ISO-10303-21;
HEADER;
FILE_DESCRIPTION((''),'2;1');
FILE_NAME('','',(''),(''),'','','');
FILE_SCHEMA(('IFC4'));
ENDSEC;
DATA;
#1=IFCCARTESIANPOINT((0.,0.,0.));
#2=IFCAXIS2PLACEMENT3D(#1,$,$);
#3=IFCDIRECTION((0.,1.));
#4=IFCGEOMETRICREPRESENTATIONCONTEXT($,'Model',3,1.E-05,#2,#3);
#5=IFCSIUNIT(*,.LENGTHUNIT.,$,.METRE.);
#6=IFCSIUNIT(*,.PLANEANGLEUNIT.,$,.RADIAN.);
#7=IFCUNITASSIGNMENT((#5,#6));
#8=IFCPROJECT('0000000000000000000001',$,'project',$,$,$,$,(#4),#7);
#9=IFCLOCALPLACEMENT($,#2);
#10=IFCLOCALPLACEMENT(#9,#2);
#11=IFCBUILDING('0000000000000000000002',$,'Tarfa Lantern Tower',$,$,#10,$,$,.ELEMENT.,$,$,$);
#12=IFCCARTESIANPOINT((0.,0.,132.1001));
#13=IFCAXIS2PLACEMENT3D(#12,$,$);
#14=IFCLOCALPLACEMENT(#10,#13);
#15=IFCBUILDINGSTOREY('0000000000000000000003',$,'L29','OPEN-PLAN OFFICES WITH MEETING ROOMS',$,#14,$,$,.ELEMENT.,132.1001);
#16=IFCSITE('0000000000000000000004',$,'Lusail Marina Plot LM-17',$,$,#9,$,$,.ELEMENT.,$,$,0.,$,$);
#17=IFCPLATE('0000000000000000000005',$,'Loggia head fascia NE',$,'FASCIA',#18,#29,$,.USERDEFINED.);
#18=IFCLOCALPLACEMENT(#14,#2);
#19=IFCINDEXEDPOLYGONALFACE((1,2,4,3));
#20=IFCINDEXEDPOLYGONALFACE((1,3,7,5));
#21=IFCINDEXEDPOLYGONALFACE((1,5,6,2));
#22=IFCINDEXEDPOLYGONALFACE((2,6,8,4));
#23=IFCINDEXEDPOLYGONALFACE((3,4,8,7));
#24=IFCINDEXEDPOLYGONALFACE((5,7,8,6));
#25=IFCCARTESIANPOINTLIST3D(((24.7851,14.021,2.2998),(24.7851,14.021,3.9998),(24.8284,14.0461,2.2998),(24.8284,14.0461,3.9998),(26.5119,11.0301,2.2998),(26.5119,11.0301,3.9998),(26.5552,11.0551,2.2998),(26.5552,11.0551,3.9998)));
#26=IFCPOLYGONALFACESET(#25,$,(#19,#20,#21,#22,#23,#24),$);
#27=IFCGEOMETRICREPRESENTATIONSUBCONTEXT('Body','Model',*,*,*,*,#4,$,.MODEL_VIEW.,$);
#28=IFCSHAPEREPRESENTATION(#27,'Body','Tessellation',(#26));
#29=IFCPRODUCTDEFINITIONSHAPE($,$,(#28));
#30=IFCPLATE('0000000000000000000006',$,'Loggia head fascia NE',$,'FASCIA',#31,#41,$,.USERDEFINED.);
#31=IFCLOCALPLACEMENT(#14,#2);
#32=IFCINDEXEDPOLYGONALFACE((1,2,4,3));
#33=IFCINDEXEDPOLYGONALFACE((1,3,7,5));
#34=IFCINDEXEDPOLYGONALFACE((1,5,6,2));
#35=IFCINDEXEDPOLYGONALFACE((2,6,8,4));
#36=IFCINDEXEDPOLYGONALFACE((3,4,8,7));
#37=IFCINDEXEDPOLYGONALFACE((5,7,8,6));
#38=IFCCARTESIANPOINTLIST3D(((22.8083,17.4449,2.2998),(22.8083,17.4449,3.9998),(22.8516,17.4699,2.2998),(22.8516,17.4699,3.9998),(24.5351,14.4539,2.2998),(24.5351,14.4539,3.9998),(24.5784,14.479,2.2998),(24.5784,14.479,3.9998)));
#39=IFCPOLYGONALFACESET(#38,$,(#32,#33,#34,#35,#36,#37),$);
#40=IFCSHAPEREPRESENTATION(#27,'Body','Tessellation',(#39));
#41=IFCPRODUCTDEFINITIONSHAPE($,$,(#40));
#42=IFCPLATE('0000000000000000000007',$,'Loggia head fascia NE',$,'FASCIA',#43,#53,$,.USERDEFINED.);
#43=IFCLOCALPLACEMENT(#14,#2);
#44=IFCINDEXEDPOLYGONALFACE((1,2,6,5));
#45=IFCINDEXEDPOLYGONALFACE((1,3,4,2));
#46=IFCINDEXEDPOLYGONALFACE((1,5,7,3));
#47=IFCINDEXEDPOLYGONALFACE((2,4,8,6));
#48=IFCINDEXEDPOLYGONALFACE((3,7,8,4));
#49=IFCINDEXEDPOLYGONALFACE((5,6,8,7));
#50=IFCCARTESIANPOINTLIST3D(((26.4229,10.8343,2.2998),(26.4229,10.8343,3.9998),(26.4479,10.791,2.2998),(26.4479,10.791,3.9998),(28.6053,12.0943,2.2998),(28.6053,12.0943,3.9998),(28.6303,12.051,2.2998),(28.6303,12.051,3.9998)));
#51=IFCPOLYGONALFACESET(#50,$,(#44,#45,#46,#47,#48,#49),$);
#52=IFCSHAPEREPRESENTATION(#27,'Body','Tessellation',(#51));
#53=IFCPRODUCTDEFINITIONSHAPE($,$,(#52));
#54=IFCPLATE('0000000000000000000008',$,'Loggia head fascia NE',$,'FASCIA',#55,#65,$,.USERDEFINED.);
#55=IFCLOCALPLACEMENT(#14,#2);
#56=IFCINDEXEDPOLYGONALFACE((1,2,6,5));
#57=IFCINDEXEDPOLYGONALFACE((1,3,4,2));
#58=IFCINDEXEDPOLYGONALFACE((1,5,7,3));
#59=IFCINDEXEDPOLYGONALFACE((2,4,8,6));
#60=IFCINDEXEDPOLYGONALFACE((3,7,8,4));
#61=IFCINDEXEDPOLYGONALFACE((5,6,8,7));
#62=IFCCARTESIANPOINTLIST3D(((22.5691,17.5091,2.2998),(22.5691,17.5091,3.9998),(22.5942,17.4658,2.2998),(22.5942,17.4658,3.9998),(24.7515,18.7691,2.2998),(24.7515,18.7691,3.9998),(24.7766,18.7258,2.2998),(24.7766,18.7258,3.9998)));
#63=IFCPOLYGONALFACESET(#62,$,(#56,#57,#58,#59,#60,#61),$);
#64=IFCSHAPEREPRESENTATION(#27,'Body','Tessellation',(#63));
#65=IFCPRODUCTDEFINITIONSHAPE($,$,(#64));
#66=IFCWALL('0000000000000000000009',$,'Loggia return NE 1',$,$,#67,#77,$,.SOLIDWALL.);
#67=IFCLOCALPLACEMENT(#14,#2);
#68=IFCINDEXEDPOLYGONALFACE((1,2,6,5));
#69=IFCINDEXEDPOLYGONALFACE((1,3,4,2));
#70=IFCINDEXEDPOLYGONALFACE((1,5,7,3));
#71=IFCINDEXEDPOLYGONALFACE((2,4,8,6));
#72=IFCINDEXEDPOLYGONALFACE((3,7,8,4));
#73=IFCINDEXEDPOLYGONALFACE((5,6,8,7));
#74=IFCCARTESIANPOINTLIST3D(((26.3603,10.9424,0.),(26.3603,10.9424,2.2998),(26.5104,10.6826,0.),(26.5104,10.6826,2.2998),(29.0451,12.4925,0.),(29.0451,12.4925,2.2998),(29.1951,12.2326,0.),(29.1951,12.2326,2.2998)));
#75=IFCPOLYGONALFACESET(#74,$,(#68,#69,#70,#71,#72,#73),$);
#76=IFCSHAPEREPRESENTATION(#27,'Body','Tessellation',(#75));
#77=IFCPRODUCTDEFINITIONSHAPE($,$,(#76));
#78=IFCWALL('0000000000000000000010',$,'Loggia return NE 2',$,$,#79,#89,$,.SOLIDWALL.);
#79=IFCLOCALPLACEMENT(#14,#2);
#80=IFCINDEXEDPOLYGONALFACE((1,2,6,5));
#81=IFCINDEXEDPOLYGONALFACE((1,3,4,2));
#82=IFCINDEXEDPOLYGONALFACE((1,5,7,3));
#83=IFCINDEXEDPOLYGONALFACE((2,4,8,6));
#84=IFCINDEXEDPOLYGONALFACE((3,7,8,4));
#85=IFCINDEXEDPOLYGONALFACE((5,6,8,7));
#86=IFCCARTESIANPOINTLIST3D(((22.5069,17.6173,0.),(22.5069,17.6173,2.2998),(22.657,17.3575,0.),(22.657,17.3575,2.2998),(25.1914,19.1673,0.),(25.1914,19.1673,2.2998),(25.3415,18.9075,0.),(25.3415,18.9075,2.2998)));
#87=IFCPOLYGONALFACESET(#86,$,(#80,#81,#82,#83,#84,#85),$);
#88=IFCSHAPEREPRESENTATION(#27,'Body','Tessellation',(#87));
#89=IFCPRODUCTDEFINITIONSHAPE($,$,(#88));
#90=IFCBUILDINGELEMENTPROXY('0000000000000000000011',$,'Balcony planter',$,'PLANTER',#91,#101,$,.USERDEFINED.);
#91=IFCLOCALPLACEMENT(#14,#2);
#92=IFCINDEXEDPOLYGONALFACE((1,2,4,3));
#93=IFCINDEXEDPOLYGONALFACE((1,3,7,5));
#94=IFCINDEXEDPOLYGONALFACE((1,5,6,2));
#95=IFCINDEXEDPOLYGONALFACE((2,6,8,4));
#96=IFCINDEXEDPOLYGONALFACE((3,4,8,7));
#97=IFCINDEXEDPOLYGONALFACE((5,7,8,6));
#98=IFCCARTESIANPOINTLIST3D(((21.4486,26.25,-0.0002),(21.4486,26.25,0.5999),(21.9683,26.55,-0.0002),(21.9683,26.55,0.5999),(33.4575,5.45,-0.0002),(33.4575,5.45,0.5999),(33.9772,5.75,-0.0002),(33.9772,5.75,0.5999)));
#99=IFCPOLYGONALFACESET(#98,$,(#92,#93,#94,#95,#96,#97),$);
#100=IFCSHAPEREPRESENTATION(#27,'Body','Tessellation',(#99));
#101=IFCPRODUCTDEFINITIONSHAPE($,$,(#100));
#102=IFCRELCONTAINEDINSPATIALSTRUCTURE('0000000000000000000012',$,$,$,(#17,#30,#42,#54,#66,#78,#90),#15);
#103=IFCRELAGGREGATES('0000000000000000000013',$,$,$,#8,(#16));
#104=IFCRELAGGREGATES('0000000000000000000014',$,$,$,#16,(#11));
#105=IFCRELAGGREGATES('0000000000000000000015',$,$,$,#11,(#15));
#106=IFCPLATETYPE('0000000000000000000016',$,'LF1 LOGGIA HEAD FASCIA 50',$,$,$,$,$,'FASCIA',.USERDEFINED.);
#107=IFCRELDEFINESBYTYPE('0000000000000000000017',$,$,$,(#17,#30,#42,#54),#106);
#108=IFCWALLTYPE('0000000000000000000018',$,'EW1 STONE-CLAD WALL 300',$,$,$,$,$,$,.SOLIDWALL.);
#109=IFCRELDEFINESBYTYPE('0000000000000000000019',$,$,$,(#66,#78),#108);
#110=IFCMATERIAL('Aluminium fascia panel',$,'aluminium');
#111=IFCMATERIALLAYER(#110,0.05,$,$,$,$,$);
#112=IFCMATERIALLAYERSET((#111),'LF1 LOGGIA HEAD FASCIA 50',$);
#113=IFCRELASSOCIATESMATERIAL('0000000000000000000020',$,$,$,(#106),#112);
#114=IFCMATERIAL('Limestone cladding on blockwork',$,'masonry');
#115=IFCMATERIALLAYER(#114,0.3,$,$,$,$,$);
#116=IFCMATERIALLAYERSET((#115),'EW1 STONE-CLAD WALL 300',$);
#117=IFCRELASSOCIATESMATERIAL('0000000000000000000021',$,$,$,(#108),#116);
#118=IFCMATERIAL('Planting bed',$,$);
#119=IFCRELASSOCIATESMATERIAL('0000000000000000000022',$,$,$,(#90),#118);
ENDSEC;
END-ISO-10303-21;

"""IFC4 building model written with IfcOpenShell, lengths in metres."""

from ifc_helpers import new_model, si_unit, direction, frame, frame_2d, origin, origin_2d, place, context, subcontext, project, spatial, rectangle, extrude, material, layer, layer_set, type_object, element, save


model = new_model("IFC4")

# Units and contexts
model_context = context("Model", 3, precision=1e-05, world=origin(), true_north=direction((0.0, 1.0)))
body_context = subcontext(model_context, "Body", "Model", "MODEL_VIEW")
ifc_project = project(units=[si_unit("LENGTHUNIT", "METRE"), si_unit("PLANEANGLEUNIT", "RADIAN")], contexts=[model_context])

# Site, building, storey
site_placement = place(None, origin())
site = spatial("IfcSite", under=ifc_project, at=site_placement, Name="Lusail Marina Plot LM-17", CompositionType="ELEMENT", RefElevation=0.0)
building_placement = place(site_placement, origin())
building = spatial("IfcBuilding", under=site, at=building_placement, Name="Tarfa Lantern Tower", CompositionType="ELEMENT")
storey_placement = place(building_placement, frame((0.0, 0.0, 132.1001)))
storey = spatial("IfcBuildingStorey", under=building, at=storey_placement, Name="L29", Description="OPEN-PLAN OFFICES WITH MEETING ROOMS", CompositionType="ELEMENT", Elevation=132.1001)

# Plates
ifc_material_1 = material(Name="Aluminium fascia panel", Category="aluminium")
ifc_layer_1 = layer(ifc_material_1, 0.05)
ifc_layer_set_1 = layer_set([ifc_layer_1], Name="LF1 LOGGIA HEAD FASCIA 50")
plate_type_1 = type_object("IfcPlateType", Name="LF1 LOGGIA HEAD FASCIA 50", ElementType="FASCIA", PredefinedType="USERDEFINED", material=ifc_layer_set_1)
for number, where, z_axis, x_axis, name in (
    (1, (25.6702, 12.5381, 2.2998), (0.0, 0.0, 1.0), (-0.5, 0.866025, 0.0), "Loggia head fascia NE"),
    (2, (23.6934, 15.9619, 2.2998), (0.0, 0.0, 1.0), (-0.5, 0.866025, 0.0), "Loggia head fascia NE"),
):
    element("IfcPlate", number, at=place(storey_placement, frame(where, z_axis=z_axis, x_axis=x_axis)), inside=storey, type_object=plate_type_1, Name=name, ObjectType="FASCIA", PredefinedType="USERDEFINED", context=body_context, shape_type="SweptSolid", body=[
        extrude(rectangle(XDim=3.4536, YDim=0.05, at=origin_2d()), origin(), (0.0, 0.0, 1.0), 1.7),
    ])
for number, where, z_axis, x_axis, name in (
    (3, (27.5266, 11.4426, 2.2998), (0.0, 0.0, 1.0), (-0.866025, -0.5, 0.0), "Loggia head fascia NE"),
    (4, (23.6729, 18.1174, 2.2998), (0.0, 0.0, 1.0), (-0.866025, -0.5, 0.0), "Loggia head fascia NE"),
):
    element("IfcPlate", number, at=place(storey_placement, frame(where, z_axis=z_axis, x_axis=x_axis)), inside=storey, type_object=plate_type_1, Name=name, ObjectType="FASCIA", PredefinedType="USERDEFINED", context=body_context, shape_type="SweptSolid", body=[
        extrude(rectangle(XDim=2.52, YDim=0.05, at=origin_2d()), origin(), (0.0, 0.0, 1.0), 1.7),
    ])

# Walls
ifc_material_2 = material(Name="Limestone cladding on blockwork", Category="masonry")
ifc_layer_2 = layer(ifc_material_2, 0.3)
ifc_layer_set_2 = layer_set([ifc_layer_2], Name="EW1 STONE-CLAD WALL 300")
wall_type = type_object("IfcWallType", Name="EW1 STONE-CLAD WALL 300", PredefinedType="SOLIDWALL", material=ifc_layer_set_2)
wall_1_placement = place(storey_placement, frame((29.1201, 12.3625, 0.0), z_axis=(0.0, 0.0, 1.0), x_axis=(-0.86603, -0.499993, 0.0)))
element("IfcWall", 5, at=wall_1_placement, inside=storey, type_object=wall_type, Name="Loggia return NE 1", PredefinedType="SOLIDWALL", context=body_context, shape_type="SweptSolid", body=[
    extrude(rectangle(XDim=3.1001, YDim=0.3, at=frame_2d((1.55, 0.0))), origin(), (0.0, 0.0, 1.0), 2.2998),
])
wall_2_placement = place(storey_placement, frame((25.2664, 19.0374, 0.0), z_axis=(0.0, 0.0, 1.0), x_axis=(-0.86601, -0.500027, 0.0)))
element("IfcWall", 6, at=wall_2_placement, inside=storey, type_object=wall_type, Name="Loggia return NE 2", PredefinedType="SOLIDWALL", context=body_context, shape_type="SweptSolid", body=[
    extrude(rectangle(XDim=3.0999, YDim=0.3, at=frame_2d((1.5498, 0.0))), origin(), (0.0, 0.0, 1.0), 2.2998),
])

# Building element proxy
ifc_material_3 = material(Name="Planting bed")
proxy_placement = place(storey_placement, frame((27.7129, 16.0, -0.0002), z_axis=(0.0, 0.0, 1.0), x_axis=(-0.5, 0.866025, 0.0)))
element("IfcBuildingElementProxy", 7, at=proxy_placement, inside=storey, material=ifc_material_3, Name="Balcony planter", ObjectType="PLANTER", PredefinedType="USERDEFINED", context=body_context, shape_type="SweptSolid", body=[
    extrude(rectangle(XDim=24.0178, YDim=0.6001, at=origin_2d()), origin(), (0.0, 0.0, 1.0), 0.6001),
])

save(model, "model.ifc")
